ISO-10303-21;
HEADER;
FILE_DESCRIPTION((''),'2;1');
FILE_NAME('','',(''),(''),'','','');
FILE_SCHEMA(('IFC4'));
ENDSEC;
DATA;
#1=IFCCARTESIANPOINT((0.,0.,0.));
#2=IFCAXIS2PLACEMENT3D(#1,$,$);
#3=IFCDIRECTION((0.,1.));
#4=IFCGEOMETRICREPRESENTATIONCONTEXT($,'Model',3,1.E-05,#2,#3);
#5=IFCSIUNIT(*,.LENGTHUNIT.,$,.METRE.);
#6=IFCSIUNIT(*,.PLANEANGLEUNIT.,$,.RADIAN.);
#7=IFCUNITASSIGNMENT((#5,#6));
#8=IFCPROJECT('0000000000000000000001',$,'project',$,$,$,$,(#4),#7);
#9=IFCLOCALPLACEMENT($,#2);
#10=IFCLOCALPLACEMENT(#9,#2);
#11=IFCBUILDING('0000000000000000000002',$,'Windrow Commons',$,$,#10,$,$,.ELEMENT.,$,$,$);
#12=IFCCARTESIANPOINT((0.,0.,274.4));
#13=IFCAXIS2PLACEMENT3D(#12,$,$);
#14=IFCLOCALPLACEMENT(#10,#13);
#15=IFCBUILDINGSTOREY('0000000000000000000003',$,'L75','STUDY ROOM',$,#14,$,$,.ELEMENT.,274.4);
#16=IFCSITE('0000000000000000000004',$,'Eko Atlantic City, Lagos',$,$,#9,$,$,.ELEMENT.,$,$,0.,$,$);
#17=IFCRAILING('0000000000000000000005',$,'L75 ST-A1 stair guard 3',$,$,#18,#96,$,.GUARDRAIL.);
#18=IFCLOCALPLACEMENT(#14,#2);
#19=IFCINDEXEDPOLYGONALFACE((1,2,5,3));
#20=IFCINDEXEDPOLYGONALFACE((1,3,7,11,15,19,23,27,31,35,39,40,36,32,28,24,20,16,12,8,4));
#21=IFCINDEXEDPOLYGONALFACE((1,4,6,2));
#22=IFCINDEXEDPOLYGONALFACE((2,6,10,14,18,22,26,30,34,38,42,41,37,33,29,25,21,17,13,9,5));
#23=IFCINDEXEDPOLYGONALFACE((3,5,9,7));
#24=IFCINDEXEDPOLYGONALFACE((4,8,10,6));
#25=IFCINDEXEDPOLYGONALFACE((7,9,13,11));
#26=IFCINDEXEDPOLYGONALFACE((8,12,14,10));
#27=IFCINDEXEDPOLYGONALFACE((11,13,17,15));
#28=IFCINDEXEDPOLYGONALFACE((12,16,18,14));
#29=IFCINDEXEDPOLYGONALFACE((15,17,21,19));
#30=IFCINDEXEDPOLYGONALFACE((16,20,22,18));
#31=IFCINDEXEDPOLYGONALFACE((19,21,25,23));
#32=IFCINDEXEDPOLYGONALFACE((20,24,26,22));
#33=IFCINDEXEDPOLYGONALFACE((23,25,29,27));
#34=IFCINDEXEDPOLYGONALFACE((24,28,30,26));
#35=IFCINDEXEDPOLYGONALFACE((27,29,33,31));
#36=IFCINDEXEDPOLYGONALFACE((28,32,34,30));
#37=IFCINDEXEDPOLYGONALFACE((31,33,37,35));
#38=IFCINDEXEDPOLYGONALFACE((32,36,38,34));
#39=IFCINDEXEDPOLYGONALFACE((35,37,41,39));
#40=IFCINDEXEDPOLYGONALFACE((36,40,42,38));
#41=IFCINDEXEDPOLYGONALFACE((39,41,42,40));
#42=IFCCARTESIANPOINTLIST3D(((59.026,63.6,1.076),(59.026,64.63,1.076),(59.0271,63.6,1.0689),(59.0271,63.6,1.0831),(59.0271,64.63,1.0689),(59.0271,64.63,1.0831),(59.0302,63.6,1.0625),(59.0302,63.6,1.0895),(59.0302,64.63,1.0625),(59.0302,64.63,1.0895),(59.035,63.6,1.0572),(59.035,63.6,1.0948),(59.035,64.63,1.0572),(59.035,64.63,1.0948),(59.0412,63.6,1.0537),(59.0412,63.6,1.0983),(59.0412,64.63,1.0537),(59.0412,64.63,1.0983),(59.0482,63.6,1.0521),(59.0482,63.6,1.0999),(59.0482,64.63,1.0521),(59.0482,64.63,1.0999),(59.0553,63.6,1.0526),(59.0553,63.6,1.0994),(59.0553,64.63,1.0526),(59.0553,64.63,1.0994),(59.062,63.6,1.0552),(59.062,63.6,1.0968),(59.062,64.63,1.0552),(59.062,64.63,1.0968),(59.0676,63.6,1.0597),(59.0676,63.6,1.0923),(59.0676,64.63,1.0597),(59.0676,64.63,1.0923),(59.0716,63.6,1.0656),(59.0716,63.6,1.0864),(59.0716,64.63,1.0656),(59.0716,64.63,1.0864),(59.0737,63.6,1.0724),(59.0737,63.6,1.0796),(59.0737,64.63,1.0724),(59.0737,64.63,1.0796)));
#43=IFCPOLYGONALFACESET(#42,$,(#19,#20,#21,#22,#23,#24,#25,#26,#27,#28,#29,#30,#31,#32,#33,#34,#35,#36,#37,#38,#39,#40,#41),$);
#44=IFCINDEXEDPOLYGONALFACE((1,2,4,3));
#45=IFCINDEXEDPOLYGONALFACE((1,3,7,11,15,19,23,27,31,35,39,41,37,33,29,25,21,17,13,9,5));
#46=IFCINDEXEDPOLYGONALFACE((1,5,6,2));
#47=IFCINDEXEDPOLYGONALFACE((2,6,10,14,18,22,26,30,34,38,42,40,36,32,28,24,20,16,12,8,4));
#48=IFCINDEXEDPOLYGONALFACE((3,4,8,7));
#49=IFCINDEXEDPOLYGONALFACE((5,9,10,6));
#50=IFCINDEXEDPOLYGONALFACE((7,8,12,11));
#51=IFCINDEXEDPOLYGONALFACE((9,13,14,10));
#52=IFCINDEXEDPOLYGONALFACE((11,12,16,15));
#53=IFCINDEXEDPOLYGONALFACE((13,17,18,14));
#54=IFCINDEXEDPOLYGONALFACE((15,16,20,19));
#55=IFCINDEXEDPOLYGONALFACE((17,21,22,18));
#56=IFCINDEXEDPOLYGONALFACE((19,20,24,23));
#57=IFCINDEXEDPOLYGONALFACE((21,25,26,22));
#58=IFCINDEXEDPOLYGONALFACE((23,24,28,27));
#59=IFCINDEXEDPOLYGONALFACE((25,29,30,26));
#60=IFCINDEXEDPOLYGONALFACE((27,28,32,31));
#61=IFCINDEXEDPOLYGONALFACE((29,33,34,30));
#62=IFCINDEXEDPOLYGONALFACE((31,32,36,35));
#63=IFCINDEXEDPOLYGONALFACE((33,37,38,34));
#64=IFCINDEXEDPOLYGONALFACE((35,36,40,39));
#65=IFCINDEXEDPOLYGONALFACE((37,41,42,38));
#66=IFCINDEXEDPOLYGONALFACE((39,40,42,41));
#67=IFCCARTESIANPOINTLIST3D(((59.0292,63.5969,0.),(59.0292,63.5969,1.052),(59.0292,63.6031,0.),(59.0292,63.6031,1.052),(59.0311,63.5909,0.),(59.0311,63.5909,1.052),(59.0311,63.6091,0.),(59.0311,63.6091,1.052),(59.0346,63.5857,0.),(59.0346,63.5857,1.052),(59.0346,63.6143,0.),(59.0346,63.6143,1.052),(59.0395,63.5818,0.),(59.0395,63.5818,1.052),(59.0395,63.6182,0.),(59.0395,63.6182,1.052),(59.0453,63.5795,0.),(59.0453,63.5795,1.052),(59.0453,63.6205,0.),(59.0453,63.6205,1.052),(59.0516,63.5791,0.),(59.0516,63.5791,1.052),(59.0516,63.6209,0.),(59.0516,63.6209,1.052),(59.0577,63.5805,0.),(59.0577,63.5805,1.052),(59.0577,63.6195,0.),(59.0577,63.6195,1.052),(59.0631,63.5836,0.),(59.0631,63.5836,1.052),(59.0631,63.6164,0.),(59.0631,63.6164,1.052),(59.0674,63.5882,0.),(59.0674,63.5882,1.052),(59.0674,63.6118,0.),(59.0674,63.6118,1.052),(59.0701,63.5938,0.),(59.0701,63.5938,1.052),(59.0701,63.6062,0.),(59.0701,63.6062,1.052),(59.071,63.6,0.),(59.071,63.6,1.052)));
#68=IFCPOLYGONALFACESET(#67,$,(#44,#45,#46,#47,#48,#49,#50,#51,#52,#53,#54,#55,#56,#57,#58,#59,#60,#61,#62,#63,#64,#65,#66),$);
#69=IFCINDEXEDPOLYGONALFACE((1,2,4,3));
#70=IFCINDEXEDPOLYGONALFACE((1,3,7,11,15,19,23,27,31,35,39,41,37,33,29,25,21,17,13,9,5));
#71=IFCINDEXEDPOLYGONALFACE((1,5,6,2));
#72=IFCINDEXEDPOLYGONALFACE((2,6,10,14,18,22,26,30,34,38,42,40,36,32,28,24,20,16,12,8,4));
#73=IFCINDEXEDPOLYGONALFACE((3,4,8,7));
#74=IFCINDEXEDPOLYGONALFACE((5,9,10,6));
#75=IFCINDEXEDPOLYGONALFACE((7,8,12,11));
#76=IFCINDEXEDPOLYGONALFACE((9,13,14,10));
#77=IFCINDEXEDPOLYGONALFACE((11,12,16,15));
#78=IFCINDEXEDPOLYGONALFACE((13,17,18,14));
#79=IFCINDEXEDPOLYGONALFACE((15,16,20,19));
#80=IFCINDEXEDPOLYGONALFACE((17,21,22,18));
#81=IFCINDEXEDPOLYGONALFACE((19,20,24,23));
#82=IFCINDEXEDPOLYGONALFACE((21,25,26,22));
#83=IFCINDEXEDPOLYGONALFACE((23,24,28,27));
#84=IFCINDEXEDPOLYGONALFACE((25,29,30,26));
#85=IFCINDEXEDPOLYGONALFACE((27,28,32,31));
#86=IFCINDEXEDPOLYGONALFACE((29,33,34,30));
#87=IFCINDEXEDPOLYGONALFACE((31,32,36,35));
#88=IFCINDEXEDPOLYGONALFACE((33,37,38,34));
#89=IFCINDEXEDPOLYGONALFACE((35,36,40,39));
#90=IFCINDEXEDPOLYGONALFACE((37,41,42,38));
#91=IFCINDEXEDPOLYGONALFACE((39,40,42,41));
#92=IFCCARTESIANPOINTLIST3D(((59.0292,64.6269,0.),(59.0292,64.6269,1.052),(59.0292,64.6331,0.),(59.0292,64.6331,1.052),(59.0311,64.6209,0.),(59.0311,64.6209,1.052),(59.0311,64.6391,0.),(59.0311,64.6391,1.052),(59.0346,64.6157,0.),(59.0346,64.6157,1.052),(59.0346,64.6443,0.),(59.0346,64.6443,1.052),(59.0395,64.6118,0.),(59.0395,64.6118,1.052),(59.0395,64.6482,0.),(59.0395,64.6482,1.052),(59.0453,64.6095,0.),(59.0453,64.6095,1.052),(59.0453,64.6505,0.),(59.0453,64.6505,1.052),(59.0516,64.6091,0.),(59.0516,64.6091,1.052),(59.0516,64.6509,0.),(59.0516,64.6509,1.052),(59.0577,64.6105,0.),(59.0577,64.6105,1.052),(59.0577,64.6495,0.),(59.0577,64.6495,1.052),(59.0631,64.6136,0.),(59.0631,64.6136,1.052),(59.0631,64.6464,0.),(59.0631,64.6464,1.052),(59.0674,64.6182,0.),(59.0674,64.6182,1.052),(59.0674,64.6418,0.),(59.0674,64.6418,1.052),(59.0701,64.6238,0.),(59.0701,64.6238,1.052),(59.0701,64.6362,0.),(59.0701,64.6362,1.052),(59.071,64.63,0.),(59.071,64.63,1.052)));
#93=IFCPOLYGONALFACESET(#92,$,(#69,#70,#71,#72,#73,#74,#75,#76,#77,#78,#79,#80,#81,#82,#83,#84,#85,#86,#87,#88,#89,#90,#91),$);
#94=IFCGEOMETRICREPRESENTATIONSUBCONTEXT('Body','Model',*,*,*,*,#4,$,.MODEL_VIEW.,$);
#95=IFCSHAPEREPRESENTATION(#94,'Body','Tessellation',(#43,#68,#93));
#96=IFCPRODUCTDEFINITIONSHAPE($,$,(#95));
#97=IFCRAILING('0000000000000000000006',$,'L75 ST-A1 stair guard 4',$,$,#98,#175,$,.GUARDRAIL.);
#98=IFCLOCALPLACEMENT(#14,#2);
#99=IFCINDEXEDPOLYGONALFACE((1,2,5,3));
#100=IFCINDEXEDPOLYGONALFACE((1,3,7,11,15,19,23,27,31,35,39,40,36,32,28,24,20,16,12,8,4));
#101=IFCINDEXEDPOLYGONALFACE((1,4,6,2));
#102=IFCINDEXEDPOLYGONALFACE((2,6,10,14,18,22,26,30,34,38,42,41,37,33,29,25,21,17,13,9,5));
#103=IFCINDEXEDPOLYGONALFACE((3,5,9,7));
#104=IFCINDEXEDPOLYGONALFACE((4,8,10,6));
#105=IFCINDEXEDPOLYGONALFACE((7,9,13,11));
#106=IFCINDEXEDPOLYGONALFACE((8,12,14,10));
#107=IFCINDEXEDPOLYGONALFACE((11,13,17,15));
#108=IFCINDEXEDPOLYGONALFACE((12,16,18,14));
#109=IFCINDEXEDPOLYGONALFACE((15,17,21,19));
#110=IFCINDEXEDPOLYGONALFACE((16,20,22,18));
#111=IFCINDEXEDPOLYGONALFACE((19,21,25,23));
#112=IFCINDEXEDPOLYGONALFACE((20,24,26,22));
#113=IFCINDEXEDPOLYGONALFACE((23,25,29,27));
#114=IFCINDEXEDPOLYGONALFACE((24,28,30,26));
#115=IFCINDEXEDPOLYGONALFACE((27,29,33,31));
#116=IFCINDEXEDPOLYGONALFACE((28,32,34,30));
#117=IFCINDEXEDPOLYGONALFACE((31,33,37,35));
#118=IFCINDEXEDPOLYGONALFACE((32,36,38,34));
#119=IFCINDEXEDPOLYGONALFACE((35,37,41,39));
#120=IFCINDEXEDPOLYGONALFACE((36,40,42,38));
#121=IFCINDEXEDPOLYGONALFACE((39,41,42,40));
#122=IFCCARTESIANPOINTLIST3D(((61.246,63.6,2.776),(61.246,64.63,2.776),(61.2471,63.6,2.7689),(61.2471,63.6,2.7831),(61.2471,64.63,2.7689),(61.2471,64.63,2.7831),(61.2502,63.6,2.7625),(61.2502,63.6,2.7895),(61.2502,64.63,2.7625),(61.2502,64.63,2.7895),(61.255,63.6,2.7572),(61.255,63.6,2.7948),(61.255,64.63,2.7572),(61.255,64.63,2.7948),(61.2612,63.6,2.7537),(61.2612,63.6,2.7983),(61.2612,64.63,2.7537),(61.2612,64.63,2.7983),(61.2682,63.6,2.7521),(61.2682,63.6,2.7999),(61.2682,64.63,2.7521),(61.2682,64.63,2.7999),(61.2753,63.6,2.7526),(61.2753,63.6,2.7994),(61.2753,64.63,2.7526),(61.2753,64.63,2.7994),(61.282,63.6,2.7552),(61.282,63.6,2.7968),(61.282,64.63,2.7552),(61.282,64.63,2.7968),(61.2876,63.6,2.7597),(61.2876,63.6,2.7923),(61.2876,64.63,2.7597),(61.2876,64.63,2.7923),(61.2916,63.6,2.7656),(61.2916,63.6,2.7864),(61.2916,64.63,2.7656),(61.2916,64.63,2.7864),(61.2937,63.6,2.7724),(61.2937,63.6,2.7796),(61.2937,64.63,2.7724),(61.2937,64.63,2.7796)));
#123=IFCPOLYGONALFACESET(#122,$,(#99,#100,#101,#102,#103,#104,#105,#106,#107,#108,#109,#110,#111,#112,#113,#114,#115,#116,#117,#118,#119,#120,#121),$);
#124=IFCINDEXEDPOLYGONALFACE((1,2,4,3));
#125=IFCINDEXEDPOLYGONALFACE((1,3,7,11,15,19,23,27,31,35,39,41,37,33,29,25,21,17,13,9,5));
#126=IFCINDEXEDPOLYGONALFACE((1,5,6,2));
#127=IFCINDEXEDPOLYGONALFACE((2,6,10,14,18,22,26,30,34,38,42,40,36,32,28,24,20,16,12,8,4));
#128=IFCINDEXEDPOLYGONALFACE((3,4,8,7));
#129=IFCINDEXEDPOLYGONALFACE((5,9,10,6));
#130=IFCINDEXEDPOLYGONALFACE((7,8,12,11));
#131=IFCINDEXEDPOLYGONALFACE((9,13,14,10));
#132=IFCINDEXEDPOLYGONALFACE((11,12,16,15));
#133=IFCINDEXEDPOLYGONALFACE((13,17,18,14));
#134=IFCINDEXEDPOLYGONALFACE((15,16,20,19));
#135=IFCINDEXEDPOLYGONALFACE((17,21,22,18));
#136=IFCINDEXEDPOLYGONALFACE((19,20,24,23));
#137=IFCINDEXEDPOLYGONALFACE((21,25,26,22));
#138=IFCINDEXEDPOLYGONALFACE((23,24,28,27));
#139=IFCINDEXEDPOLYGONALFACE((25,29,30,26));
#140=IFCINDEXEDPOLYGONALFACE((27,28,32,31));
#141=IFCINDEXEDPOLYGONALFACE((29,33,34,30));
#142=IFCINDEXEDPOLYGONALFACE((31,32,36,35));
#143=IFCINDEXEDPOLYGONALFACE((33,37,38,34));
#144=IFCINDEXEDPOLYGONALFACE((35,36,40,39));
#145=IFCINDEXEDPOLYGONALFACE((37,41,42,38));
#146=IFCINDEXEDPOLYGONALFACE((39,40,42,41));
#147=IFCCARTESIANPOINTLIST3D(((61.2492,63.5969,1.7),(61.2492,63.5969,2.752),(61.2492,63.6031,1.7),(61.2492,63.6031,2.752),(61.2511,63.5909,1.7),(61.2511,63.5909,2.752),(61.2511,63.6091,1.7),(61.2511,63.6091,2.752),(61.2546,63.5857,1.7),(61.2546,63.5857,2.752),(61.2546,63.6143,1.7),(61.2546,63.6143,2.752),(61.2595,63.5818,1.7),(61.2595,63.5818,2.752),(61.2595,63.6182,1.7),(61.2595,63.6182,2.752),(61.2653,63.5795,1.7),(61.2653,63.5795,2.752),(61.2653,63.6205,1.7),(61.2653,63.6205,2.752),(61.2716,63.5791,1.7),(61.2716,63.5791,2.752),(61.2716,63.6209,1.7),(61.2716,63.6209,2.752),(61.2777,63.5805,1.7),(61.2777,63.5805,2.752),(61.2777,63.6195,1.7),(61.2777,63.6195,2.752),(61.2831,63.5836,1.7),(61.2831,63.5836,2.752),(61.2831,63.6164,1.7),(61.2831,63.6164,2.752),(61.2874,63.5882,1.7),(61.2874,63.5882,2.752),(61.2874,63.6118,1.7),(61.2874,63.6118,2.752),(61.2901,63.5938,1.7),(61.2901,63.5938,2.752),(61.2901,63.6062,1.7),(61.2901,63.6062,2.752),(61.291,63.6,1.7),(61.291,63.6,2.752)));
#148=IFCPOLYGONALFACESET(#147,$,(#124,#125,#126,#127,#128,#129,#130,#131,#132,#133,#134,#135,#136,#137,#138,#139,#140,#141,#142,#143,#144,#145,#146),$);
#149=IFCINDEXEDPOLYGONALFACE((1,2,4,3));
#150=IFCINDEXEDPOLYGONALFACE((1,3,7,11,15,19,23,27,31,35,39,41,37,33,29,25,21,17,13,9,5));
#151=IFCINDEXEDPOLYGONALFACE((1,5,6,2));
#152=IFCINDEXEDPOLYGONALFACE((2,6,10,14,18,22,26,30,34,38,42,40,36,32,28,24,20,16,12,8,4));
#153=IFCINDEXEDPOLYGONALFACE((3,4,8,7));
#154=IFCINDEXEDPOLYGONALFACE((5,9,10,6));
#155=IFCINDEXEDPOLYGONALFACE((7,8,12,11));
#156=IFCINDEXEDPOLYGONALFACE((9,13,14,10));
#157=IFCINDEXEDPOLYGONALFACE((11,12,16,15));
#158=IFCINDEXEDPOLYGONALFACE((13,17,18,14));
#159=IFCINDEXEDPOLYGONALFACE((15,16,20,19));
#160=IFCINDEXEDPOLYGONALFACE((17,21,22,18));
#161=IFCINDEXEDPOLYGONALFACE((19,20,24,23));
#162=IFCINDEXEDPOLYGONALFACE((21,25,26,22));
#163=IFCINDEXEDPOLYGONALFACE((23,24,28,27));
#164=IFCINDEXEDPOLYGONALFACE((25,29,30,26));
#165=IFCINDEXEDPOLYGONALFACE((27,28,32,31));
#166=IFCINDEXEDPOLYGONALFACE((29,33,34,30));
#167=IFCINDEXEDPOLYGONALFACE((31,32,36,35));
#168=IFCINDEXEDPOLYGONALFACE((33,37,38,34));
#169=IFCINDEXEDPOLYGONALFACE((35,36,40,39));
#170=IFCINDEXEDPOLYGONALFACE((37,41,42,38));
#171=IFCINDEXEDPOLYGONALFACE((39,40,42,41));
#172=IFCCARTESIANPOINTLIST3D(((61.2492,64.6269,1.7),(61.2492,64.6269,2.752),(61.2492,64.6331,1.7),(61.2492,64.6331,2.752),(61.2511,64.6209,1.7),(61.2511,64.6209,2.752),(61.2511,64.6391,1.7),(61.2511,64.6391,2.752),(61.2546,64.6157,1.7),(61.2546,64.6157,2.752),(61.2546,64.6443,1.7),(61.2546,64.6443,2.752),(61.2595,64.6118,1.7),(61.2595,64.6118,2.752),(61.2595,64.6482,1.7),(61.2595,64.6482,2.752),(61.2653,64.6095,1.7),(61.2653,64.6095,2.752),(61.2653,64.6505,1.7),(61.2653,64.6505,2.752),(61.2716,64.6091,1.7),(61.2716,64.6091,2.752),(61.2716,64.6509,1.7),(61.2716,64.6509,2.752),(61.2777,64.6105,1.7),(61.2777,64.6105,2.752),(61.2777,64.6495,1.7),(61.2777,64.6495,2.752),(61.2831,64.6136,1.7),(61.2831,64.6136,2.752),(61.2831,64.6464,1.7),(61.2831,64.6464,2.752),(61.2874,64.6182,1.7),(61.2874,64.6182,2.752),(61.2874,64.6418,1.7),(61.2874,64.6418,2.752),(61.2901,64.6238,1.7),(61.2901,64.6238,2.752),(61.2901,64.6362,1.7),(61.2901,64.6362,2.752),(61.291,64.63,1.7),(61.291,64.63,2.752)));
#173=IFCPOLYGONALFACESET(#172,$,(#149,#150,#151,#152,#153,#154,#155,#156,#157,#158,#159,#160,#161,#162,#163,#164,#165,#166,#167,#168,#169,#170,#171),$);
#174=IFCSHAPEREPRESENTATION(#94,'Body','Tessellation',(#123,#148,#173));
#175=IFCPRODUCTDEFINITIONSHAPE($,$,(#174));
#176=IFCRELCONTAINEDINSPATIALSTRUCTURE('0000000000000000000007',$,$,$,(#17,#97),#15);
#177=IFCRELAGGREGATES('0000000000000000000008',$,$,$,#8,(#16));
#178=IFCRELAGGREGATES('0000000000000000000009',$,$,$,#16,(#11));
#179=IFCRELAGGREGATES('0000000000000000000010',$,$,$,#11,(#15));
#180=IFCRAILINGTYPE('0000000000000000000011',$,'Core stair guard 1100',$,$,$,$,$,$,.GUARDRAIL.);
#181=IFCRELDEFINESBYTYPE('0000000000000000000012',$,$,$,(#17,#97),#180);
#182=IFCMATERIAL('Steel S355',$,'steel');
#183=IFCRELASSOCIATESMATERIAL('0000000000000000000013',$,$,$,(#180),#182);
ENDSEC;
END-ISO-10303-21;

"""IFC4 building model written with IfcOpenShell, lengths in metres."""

from ifc_helpers import new_model, si_unit, direction, frame, origin, origin_2d, place, context, subcontext, project, spatial, circle, extrude, material, type_object, element, save


model = new_model("IFC4")

# Units and contexts
model_context = context("Model", 3, precision=1e-05, world=origin(), true_north=direction((0.0, 1.0)))
body_context = subcontext(model_context, "Body", "Model", "MODEL_VIEW")
ifc_project = project(units=[si_unit("LENGTHUNIT", "METRE"), si_unit("PLANEANGLEUNIT", "RADIAN")], contexts=[model_context])

# Site, building, storey
site_placement = place(None, origin())
site = spatial("IfcSite", under=ifc_project, at=site_placement, Name="Eko Atlantic City, Lagos", CompositionType="ELEMENT", RefElevation=0.0)
building_placement = place(site_placement, origin())
building = spatial("IfcBuilding", under=site, at=building_placement, Name="Windrow Commons", CompositionType="ELEMENT")
storey_placement = place(building_placement, frame((0.0, 0.0, 274.4)))
storey = spatial("IfcBuildingStorey", under=building, at=storey_placement, Name="L75", Description="STUDY ROOM", CompositionType="ELEMENT", Elevation=274.4)

# Railings
ifc_material_1 = material(Name="Steel S355", Category="steel")
railing_type_1 = type_object("IfcRailingType", Name="Core stair guard 1100", PredefinedType="GUARDRAIL", material=ifc_material_1)
for number, where, name in (
    (1, (59.05, 63.6, 0.0), "L75 ST-A1 stair guard 3"),
    (2, (61.27, 63.6, 1.7), "L75 ST-A1 stair guard 4"),
):
    element("IfcRailing", number, at=place(storey_placement, frame(where)), inside=storey, type_object=railing_type_1, Name=name, PredefinedType="GUARDRAIL", context=body_context, shape_type="SweptSolid", body=[
        extrude(circle(Radius=0.024, at=origin_2d()), frame((0.0, 0.0, 1.076), z_axis=(0.0, 1.0, 0.0), x_axis=(-1.0, 0.0, 0.0)), (0.0, 0.0, 1.0), 1.03),
        extrude(circle(Radius=0.021, at=origin_2d()), origin(), (0.0, 0.0, 1.0), 1.052),
        extrude(circle(Radius=0.021, at=origin_2d()), frame((0.0, 1.03, 0.0)), (0.0, 0.0, 1.0), 1.052),
    ])

save(model, "model.ifc")
